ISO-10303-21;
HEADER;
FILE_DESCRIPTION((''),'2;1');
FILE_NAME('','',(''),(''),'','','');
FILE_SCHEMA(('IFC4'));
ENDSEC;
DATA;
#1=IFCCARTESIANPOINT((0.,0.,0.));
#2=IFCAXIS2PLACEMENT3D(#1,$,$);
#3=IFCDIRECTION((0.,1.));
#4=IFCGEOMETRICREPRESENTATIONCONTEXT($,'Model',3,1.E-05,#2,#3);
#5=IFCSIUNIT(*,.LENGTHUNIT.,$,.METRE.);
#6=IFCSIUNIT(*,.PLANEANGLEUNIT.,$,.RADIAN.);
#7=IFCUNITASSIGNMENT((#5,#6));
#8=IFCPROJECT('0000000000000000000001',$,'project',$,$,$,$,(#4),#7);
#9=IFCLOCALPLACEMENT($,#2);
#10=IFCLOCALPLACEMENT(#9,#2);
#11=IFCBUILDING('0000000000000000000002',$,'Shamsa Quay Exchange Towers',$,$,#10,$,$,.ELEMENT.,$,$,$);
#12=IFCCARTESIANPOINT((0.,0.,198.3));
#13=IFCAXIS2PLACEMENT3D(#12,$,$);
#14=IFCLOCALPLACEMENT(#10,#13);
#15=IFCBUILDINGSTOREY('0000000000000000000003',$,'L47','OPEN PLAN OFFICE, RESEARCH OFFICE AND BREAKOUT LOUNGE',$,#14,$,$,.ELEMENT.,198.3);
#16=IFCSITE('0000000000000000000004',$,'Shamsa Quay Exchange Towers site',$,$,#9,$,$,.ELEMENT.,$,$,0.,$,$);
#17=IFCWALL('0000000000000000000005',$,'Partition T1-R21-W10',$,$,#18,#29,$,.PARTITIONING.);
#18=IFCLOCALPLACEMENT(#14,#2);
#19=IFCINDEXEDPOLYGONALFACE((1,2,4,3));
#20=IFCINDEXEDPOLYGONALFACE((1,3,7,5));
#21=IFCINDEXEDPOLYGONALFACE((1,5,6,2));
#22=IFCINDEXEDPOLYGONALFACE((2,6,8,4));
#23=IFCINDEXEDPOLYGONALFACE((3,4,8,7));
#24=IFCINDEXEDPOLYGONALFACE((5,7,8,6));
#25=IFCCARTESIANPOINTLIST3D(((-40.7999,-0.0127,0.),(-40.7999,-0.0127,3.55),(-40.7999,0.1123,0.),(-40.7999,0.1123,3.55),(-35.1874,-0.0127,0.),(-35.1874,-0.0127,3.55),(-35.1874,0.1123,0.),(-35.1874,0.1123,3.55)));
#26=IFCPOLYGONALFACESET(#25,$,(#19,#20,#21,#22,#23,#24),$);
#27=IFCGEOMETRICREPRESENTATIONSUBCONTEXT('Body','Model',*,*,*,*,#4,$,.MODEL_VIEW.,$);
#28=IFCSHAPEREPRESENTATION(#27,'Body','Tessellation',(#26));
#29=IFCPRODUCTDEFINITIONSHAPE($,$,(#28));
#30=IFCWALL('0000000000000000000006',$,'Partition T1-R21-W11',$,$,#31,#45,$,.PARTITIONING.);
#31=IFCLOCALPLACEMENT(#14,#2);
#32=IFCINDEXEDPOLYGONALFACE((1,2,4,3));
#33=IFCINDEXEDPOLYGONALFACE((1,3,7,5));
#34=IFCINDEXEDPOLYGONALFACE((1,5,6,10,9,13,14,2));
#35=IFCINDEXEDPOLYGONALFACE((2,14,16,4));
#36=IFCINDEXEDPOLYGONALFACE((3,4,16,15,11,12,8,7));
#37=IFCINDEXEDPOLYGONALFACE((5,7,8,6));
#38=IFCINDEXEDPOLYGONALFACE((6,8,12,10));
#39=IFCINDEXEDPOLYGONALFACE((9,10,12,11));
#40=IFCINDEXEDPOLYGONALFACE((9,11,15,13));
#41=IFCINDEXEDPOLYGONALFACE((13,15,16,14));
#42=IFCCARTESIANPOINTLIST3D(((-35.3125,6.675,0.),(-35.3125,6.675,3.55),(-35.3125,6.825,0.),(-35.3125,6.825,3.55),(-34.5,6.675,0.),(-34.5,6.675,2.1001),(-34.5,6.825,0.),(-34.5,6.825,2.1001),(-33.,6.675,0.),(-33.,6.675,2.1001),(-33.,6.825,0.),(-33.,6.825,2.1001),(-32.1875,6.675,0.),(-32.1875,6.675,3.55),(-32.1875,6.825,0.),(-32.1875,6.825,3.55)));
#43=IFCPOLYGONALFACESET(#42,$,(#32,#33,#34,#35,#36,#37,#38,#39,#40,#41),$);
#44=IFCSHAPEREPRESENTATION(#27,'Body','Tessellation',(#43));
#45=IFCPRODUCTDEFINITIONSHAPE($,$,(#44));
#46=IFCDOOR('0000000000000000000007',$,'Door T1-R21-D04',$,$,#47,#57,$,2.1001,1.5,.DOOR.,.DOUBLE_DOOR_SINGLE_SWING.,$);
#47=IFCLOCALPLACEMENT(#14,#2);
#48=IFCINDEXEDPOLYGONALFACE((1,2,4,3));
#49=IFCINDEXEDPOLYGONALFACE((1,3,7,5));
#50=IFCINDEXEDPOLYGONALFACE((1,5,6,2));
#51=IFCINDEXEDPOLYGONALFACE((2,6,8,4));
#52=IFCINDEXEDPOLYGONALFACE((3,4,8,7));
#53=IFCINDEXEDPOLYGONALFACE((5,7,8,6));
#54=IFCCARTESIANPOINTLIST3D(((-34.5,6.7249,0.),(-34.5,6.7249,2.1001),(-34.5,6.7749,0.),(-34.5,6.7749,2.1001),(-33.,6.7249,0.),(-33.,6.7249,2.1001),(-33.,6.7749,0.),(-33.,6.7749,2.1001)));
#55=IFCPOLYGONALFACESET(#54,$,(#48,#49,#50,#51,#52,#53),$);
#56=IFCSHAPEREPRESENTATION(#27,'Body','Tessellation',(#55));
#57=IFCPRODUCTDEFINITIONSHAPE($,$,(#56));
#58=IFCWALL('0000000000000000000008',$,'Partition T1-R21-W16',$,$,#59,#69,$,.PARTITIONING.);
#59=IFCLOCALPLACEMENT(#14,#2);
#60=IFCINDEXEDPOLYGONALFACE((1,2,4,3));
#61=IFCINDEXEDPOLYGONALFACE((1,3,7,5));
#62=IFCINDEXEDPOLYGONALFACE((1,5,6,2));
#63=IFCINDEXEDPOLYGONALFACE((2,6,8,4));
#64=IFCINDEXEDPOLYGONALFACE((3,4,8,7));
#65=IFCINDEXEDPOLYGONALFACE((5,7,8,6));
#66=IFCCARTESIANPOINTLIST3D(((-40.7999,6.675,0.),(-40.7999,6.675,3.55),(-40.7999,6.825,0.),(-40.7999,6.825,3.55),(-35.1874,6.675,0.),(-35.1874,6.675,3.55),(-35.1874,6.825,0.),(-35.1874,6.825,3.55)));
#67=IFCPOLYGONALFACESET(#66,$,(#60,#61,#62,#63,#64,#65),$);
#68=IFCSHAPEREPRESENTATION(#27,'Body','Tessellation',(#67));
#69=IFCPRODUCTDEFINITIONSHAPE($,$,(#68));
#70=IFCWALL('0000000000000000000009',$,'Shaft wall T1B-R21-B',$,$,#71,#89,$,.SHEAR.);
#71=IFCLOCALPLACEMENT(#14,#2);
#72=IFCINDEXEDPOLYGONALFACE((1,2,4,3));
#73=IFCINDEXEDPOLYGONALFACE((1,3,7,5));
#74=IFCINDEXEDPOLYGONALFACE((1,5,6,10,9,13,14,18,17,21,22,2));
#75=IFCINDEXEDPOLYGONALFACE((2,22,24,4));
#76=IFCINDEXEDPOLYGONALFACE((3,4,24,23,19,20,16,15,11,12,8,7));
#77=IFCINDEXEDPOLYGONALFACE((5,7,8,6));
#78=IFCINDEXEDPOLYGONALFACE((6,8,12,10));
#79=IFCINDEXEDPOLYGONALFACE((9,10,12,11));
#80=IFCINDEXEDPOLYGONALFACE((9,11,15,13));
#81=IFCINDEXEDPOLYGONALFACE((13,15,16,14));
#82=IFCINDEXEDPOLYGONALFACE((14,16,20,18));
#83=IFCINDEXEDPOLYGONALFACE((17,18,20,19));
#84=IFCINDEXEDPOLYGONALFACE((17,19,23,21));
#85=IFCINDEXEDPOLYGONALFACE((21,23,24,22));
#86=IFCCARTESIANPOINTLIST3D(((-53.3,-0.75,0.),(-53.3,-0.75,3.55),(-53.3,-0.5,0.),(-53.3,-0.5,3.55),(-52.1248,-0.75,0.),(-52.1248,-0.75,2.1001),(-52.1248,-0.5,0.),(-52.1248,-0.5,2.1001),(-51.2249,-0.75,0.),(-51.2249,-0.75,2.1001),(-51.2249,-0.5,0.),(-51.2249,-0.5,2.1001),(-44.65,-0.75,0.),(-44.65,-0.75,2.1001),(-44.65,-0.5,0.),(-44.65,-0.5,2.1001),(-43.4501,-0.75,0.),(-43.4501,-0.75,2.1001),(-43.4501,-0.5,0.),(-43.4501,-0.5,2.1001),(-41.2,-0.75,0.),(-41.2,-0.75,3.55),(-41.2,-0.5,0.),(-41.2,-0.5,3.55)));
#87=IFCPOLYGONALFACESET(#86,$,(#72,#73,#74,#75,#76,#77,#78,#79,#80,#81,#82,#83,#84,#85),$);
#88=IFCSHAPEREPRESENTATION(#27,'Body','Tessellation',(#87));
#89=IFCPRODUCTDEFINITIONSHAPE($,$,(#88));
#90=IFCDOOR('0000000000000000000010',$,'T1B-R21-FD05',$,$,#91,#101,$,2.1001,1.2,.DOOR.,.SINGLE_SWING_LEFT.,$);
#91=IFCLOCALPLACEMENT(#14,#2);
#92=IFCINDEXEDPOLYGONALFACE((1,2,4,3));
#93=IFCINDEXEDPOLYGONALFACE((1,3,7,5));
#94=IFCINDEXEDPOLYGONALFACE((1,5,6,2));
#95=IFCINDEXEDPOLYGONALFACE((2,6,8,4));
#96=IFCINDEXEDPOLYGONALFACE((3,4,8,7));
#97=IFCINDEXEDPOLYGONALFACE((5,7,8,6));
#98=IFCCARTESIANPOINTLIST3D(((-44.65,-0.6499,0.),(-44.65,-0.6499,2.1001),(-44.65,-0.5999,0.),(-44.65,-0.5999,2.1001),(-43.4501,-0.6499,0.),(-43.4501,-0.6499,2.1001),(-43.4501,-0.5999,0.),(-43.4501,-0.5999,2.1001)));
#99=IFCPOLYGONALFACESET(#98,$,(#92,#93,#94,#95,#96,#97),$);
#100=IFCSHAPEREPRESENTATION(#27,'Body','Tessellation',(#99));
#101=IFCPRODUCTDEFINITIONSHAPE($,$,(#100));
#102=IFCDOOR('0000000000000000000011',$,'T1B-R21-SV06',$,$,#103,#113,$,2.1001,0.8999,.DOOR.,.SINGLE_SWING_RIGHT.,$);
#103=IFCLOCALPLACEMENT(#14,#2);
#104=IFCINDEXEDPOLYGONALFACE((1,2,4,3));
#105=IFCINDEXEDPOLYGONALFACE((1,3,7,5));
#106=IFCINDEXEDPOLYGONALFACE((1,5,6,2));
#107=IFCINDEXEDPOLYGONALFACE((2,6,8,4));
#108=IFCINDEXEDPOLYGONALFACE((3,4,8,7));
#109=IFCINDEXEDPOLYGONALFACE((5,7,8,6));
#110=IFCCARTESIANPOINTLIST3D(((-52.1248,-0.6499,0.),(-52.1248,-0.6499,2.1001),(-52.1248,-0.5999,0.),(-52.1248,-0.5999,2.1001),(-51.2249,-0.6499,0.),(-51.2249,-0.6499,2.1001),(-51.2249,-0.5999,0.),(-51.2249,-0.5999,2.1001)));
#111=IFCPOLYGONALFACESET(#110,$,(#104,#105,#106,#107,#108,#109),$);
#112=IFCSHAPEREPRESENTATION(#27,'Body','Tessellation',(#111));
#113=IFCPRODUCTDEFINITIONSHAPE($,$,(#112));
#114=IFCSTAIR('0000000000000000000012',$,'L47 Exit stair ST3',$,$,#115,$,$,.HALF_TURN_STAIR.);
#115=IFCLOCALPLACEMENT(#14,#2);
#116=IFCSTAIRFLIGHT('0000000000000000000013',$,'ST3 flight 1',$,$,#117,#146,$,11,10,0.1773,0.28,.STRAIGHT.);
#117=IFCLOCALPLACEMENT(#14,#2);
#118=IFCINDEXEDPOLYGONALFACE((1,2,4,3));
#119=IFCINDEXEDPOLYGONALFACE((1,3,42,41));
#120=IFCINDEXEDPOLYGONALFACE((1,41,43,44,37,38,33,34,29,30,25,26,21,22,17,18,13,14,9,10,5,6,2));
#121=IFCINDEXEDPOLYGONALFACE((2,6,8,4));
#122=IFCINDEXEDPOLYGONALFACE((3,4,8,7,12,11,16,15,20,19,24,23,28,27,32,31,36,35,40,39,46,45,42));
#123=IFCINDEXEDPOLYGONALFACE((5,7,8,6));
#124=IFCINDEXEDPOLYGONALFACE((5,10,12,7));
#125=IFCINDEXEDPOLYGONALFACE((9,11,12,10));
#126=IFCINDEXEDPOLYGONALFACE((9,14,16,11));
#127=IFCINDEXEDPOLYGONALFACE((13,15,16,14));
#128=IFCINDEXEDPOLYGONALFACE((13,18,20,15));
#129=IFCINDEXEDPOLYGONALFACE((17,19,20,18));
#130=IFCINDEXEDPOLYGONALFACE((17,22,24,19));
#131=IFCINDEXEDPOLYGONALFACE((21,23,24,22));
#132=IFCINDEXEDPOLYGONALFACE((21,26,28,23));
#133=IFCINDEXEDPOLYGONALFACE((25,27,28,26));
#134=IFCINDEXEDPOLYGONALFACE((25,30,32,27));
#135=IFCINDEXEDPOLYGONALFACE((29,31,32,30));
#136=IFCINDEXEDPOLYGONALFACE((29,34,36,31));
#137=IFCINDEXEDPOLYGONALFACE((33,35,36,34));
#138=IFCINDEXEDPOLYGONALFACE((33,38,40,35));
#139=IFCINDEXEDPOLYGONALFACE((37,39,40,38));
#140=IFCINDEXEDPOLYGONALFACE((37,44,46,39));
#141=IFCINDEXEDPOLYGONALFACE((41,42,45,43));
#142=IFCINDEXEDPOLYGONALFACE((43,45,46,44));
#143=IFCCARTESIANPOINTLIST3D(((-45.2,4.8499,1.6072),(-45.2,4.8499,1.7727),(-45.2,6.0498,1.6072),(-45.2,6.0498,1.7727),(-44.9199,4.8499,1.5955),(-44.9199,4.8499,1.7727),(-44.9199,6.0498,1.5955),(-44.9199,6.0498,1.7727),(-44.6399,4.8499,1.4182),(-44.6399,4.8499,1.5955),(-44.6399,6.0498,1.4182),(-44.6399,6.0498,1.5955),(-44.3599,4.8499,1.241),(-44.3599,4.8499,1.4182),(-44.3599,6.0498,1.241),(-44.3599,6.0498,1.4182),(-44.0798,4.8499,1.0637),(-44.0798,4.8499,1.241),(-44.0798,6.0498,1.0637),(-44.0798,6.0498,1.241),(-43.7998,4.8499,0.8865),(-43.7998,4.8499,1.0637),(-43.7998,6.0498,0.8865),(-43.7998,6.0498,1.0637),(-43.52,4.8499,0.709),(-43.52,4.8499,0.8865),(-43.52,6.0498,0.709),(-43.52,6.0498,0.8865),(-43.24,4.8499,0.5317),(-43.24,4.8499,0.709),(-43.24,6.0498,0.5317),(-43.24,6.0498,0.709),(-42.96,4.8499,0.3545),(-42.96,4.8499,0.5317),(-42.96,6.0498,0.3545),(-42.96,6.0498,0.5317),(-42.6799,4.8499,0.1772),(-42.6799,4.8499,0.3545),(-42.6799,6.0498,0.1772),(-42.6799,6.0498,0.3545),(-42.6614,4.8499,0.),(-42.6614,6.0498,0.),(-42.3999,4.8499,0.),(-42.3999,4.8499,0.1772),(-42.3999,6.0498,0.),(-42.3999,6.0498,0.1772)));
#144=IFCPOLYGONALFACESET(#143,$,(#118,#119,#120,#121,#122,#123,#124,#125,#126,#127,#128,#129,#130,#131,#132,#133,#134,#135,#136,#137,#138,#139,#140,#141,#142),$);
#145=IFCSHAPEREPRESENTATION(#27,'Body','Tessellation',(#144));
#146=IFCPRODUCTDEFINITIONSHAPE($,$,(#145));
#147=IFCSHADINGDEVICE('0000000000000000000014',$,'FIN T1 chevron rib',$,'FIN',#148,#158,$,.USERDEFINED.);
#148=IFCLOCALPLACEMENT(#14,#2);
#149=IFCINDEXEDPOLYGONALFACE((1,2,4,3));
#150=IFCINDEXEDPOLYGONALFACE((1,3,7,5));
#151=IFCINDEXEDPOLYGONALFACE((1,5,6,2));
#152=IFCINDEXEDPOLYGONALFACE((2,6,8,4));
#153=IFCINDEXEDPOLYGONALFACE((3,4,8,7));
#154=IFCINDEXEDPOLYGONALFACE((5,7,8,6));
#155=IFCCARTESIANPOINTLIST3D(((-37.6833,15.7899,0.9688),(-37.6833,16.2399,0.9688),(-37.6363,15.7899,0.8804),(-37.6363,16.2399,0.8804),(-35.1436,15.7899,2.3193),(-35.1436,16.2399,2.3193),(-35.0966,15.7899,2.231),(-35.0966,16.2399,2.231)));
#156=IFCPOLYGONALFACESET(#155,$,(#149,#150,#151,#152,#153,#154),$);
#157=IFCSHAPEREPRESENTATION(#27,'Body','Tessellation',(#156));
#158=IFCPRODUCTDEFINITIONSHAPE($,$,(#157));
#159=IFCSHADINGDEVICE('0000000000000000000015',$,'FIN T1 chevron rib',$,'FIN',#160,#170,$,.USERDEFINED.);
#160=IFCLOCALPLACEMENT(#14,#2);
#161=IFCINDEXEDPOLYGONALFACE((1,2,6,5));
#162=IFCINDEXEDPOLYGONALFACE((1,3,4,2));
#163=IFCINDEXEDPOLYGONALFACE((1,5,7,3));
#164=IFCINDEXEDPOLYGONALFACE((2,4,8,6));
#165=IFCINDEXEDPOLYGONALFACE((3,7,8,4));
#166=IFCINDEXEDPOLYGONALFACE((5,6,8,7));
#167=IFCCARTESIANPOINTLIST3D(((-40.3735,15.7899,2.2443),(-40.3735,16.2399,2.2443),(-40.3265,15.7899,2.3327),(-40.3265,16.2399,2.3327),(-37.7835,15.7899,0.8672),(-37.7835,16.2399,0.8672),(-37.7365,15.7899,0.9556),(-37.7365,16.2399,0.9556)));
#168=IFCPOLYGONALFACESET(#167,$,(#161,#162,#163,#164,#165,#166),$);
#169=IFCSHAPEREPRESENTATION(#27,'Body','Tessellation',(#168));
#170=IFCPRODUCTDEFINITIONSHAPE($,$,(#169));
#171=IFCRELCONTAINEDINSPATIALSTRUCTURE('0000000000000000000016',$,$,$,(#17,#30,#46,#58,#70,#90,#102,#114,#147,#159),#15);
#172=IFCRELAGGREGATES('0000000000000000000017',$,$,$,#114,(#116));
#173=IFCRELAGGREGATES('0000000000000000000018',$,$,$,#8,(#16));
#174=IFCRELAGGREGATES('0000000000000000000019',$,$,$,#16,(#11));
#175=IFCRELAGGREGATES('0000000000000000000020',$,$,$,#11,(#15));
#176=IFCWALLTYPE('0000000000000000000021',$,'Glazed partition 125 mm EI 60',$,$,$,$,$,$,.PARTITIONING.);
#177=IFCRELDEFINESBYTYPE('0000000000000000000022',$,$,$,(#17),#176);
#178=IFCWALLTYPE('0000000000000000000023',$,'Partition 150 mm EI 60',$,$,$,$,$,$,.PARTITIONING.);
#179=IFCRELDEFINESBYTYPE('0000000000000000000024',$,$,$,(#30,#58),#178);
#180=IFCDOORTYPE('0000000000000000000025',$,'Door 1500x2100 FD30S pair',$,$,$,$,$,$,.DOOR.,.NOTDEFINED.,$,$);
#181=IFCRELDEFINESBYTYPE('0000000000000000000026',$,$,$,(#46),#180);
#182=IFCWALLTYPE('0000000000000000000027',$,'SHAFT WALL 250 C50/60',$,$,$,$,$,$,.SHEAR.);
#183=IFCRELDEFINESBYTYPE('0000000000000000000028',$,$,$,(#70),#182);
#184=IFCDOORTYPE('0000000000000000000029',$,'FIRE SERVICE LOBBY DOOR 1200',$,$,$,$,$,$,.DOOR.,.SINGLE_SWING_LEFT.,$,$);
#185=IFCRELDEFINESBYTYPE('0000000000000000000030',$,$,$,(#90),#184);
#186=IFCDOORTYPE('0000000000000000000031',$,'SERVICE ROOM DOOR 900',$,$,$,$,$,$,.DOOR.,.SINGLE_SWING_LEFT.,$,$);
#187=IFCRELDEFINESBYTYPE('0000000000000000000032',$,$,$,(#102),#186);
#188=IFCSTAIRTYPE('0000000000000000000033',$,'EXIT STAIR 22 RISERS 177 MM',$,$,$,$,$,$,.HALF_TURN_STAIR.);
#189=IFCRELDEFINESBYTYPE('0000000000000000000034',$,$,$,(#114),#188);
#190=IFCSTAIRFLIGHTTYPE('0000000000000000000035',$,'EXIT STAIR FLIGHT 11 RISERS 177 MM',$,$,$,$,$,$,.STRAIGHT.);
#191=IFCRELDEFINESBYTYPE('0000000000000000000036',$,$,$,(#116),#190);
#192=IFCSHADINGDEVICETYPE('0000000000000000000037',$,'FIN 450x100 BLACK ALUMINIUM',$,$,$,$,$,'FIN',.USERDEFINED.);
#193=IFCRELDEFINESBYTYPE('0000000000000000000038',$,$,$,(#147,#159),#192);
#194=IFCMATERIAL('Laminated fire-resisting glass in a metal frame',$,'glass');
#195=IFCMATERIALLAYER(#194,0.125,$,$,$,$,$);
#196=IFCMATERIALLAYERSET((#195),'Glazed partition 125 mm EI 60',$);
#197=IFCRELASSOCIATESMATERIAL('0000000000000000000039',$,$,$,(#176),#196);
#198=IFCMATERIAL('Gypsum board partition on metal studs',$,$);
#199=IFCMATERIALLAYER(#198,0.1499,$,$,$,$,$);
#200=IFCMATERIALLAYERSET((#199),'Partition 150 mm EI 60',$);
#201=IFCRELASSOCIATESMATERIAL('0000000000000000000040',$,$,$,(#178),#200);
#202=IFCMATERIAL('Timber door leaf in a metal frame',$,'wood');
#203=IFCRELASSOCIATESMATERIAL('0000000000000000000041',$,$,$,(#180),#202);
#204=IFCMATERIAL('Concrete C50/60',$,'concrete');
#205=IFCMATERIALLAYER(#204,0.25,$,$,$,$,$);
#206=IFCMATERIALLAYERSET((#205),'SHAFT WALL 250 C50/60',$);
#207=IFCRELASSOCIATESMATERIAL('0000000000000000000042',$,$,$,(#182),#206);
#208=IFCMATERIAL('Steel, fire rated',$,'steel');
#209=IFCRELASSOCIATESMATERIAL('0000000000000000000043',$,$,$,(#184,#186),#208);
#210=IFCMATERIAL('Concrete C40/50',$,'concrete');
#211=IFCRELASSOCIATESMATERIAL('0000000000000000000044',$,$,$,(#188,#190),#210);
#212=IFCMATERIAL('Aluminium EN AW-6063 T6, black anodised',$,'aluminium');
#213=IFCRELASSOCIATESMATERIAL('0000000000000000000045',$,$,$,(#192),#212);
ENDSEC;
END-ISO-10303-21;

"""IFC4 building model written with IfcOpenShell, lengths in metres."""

from ifc_helpers import new_model, si_unit, direction, frame, frame_2d, origin, origin_2d, place, context, subcontext, project, spatial, polyline, rectangle, outline, extrude, material, layer, layer_set, material_profile, profile_set, type_object, element, fill, aggregate, save


model = new_model("IFC4")

# Units and contexts
model_context = context("Model", 3, precision=1e-05, world=origin(), true_north=direction((0.0, 1.0)))
body_context = subcontext(model_context, "Body", "Model", "MODEL_VIEW")
ifc_project = project(units=[si_unit("LENGTHUNIT", "METRE"), si_unit("PLANEANGLEUNIT", "RADIAN")], contexts=[model_context])

# Site, building, storey
site_placement = place(None, origin())
site = spatial("IfcSite", under=ifc_project, at=site_placement, Name="Shamsa Quay Exchange Towers site", CompositionType="ELEMENT", RefElevation=0.0)
building_placement = place(site_placement, origin())
building = spatial("IfcBuilding", under=site, at=building_placement, Name="Shamsa Quay Exchange Towers", CompositionType="ELEMENT")
storey_placement = place(building_placement, frame((0.0, 0.0, 198.3)))
storey = spatial("IfcBuildingStorey", under=building, at=storey_placement, Name="L47", Description="OPEN PLAN OFFICE, RESEARCH OFFICE AND BREAKOUT LOUNGE", CompositionType="ELEMENT", Elevation=198.3)

# Shared definitions
ifc_material_1 = material(Name="Aluminium EN AW-6063 T6, black anodised", Category="aluminium")

# Shared definitions
ifc_material_2 = material(Name="Laminated fire-resisting glass in a metal frame", Category="glass")
ifc_layer_1 = layer(ifc_material_2, 0.125)
ifc_layer_set_1 = layer_set([ifc_layer_1], Name="Glazed partition 125 mm EI 60")
wall_type_1 = type_object("IfcWallType", Name="Glazed partition 125 mm EI 60", PredefinedType="PARTITIONING", material=ifc_layer_set_1)
ifc_material_3 = material(Name="Timber door leaf in a metal frame", Category="wood")

# Wall
wall_1_placement = place(storey_placement, frame((-35.1875, 0.0498, 0.0), z_axis=(0.0, 0.0, 1.0), x_axis=(-1.0, 0.0, 0.0)))
element("IfcWall", 1, at=wall_1_placement, inside=storey, type_object=wall_type_1, Name="Partition T1-R21-W10", PredefinedType="PARTITIONING", context=body_context, shape_type="SweptSolid", body=[
    extrude(rectangle(XDim=5.6125, YDim=0.125, at=frame_2d((2.8062, 0.0))), origin(), (0.0, 0.0, 1.0), 3.55),
])

# Wall, opening, door
ifc_material_4 = material(Name="Gypsum board partition on metal studs")
ifc_layer_2 = layer(ifc_material_4, 0.1499)
ifc_layer_set_2 = layer_set([ifc_layer_2], Name="Partition 150 mm EI 60")
wall_type_2 = type_object("IfcWallType", Name="Partition 150 mm EI 60", PredefinedType="PARTITIONING", material=ifc_layer_set_2)
wall_2_placement = place(storey_placement, frame((-35.3125, 6.75, 0.0)))
wall_2 = element("IfcWall", 2, at=wall_2_placement, inside=storey, type_object=wall_type_2, Name="Partition T1-R21-W11", PredefinedType="PARTITIONING", context=body_context, shape_type="SweptSolid", body=[
    extrude(rectangle(XDim=3.125, YDim=0.1499, at=frame_2d((1.5625, 0.0))), origin(), (0.0, 0.0, 1.0), 3.55),
])
opening_1_placement = place(wall_2_placement, frame((0.8125, 0.0, 0.0)))
opening_1 = element("IfcOpeningElement", 3, at=opening_1_placement, cuts=wall_2, PredefinedType="OPENING", context=body_context, shape_type="SweptSolid", body=[
    extrude(rectangle(XDim=1.5, YDim=2.1001, at=frame_2d((0.75, 1.05))), frame((0.0, 0.085, 0.0), z_axis=(0.0, -1.0, 0.0), x_axis=(1.0, 0.0, 0.0)), (0.0, 0.0, 1.0), 0.1699),
])
door_type_1 = type_object("IfcDoorType", Name="Door 1500x2100 FD30S pair", OperationType="NOTDEFINED", PredefinedType="DOOR", material=ifc_material_3)
door_1_placement = place(opening_1_placement, origin())
door_1 = element("IfcDoor", 4, at=door_1_placement, inside=storey, type_object=door_type_1, Name="Door T1-R21-D04", OperationType="DOUBLE_DOOR_SINGLE_SWING", OverallHeight=2.1001, OverallWidth=1.5, PredefinedType="DOOR", context=body_context, shape_type="SweptSolid", body=[
    extrude(rectangle(XDim=1.5, YDim=2.1001, at=frame_2d((0.75, 1.05))), frame((0.0, 0.0249, 0.0), z_axis=(0.0, -1.0, 0.0), x_axis=(1.0, 0.0, 0.0)), (0.0, 0.0, 1.0), 0.05),
])
fill(opening_1, door_1)

# Wall
wall_3_placement = place(storey_placement, frame((-35.1875, 6.75, 0.0), z_axis=(0.0, 0.0, 1.0), x_axis=(-1.0, 0.0, 0.0)))
element("IfcWall", 5, at=wall_3_placement, inside=storey, type_object=wall_type_2, Name="Partition T1-R21-W16", PredefinedType="PARTITIONING", context=body_context, shape_type="SweptSolid", body=[
    extrude(rectangle(XDim=5.6125, YDim=0.1499, at=frame_2d((2.8062, 0.0))), origin(), (0.0, 0.0, 1.0), 3.55),
])

# Wall, openings, doors
ifc_material_5 = material(Name="Concrete C50/60", Category="concrete")
ifc_layer_3 = layer(ifc_material_5, 0.25)
ifc_layer_set_3 = layer_set([ifc_layer_3], Name="SHAFT WALL 250 C50/60")
wall_type_3 = type_object("IfcWallType", Name="SHAFT WALL 250 C50/60", PredefinedType="SHEAR", material=ifc_layer_set_3)
wall_4_placement = place(storey_placement, frame((-41.2, -0.625, 0.0), z_axis=(0.0, 0.0, 1.0), x_axis=(-1.0, 0.0, 0.0)))
wall_4 = element("IfcWall", 6, at=wall_4_placement, inside=storey, type_object=wall_type_3, Name="Shaft wall T1B-R21-B", PredefinedType="SHEAR", context=body_context, shape_type="SweptSolid", body=[
    extrude(rectangle(XDim=12.1001, YDim=0.25, at=frame_2d((6.05, 0.0))), origin(), (0.0, 0.0, 1.0), 3.55),
])
opening_2_placement = place(wall_4_placement, frame((2.25, 0.0, 0.0)))
opening_2 = element("IfcOpeningElement", 7, at=opening_2_placement, cuts=wall_4, PredefinedType="OPENING", context=body_context, shape_type="SweptSolid", body=[
    extrude(rectangle(XDim=1.2, YDim=2.1001, at=frame_2d((0.6001, 1.05))), frame((0.0, 0.135, 0.0), z_axis=(0.0, -1.0, 0.0), x_axis=(1.0, 0.0, 0.0)), (0.0, 0.0, 1.0), 0.27),
])
opening_3_placement = place(wall_4_placement, frame((10.0249, 0.0, 0.0)))
opening_3 = element("IfcOpeningElement", 8, at=opening_3_placement, cuts=wall_4, PredefinedType="OPENING", context=body_context, shape_type="SweptSolid", body=[
    extrude(rectangle(XDim=0.8999, YDim=2.1001, at=frame_2d((0.45, 1.05))), frame((0.0, 0.135, 0.0), z_axis=(0.0, -1.0, 0.0), x_axis=(1.0, 0.0, 0.0)), (0.0, 0.0, 1.0), 0.27),
])
ifc_material_6 = material(Name="Steel, fire rated", Category="steel")
door_type_2 = type_object("IfcDoorType", Name="FIRE SERVICE LOBBY DOOR 1200", OperationType="SINGLE_SWING_LEFT", PredefinedType="DOOR", material=ifc_material_6)
door_2_placement = place(opening_2_placement, origin())
door_2 = element("IfcDoor", 9, at=door_2_placement, inside=storey, type_object=door_type_2, Name="T1B-R21-FD05", OperationType="SINGLE_SWING_LEFT", OverallHeight=2.1001, OverallWidth=1.2, PredefinedType="DOOR", context=body_context, shape_type="SweptSolid", body=[
    extrude(rectangle(XDim=1.2, YDim=2.1001, at=frame_2d((0.6001, 1.05))), frame((0.0, 0.0249, 0.0), z_axis=(0.0, -1.0, 0.0), x_axis=(1.0, 0.0, 0.0)), (0.0, 0.0, 1.0), 0.05),
])
fill(opening_2, door_2)
door_type_3 = type_object("IfcDoorType", Name="SERVICE ROOM DOOR 900", OperationType="SINGLE_SWING_LEFT", PredefinedType="DOOR", material=ifc_material_6)
door_3_placement = place(opening_3_placement, origin())
door_3 = element("IfcDoor", 10, at=door_3_placement, inside=storey, type_object=door_type_3, Name="T1B-R21-SV06", OperationType="SINGLE_SWING_RIGHT", OverallHeight=2.1001, OverallWidth=0.8999, PredefinedType="DOOR", context=body_context, shape_type="SweptSolid", body=[
    extrude(rectangle(XDim=0.8999, YDim=2.1001, at=frame_2d((0.45, 1.05))), frame((0.0, 0.0249, 0.0), z_axis=(0.0, -1.0, 0.0), x_axis=(1.0, 0.0, 0.0)), (0.0, 0.0, 1.0), 0.05),
])
fill(opening_3, door_3)

# Stair, stair flight
ifc_material_7 = material(Name="Concrete C40/50", Category="concrete")
stair_type = type_object("IfcStairType", Name="EXIT STAIR 22 RISERS 177 MM", PredefinedType="HALF_TURN_STAIR", material=ifc_material_7)
stair_placement = place(storey_placement, origin())
stair = element("IfcStair", 11, at=stair_placement, inside=storey, type_object=stair_type, Name="L47 Exit stair ST3", PredefinedType="HALF_TURN_STAIR")
stair_flight_type = type_object("IfcStairFlightType", Name="EXIT STAIR FLIGHT 11 RISERS 177 MM", PredefinedType="STRAIGHT", material=ifc_material_7)
stair_flight_placement = place(storey_placement, frame((-42.3999, 5.45, 0.0), z_axis=(0.0, 0.0, 1.0), x_axis=(-1.0, 0.0, 0.0)))
stair_flight = element("IfcStairFlight", 12, at=stair_flight_placement, type_object=stair_flight_type, Name="ST3 flight 1", NumberOfRisers=11, NumberOfTreads=10, PredefinedType="STRAIGHT", RiserHeight=0.1773, TreadLength=0.28, context=body_context, shape_type="SweptSolid", body=[
    extrude(outline(polyline([(0.0, 0.0), (0.0, 0.1772), (0.28, 0.1772), (0.28, 0.3545), (0.5601, 0.3545), (0.5601, 0.5317), (0.8401, 0.5317), (0.8401, 0.709), (1.1201, 0.709), (1.1201, 0.8865), (1.3999, 0.8865), (1.3999, 1.0637), (1.6799, 1.0637), (1.6799, 1.241), (1.96, 1.241), (1.96, 1.4182), (2.24, 1.4182), (2.24, 1.5955), (2.52, 1.5955), (2.52, 1.7727), (2.8, 1.7727), (2.8, 1.95), (2.8, 1.6072), (0.2615, 0.0), (0.0, 0.0)])), frame((0.0, 0.6001, 0.0), z_axis=(0.0, -1.0, 0.0), x_axis=(1.0, 0.0, 0.0)), (0.0, 0.0, 1.0), 1.2),
])
aggregate(stair, [stair_flight])

# Shading devices
ifc_material_profile_1 = material_profile(ifc_material_1, rectangle(XDim=0.45, YDim=0.1001, at=origin_2d()), Name="FIN450x100")
ifc_profile_set_1 = profile_set([ifc_material_profile_1], Name="Aluminium EN AW-6063 T6, black anodised")
shading_device_type = type_object("IfcShadingDeviceType", Name="FIN 450x100 BLACK ALUMINIUM", ElementType="FIN", PredefinedType="USERDEFINED", material=ifc_profile_set_1)
shading_device_1_placement = place(storey_placement, frame((-35.1201, 16.0149, 2.2751), z_axis=(-0.882926, 0.0, -0.469513), x_axis=(0.0, -1.0, 0.0)))
element("IfcShadingDevice", 13, at=shading_device_1_placement, inside=storey, type_object=shading_device_type, Name="FIN T1 chevron rib", ObjectType="FIN", PredefinedType="USERDEFINED", context=body_context, shape_type="SweptSolid", body=[
    extrude(rectangle(XDim=0.45, YDim=0.1001, at=origin_2d()), origin(), (0.0, 0.0, 1.0), 2.8765),
])
shading_device_2_placement = place(storey_placement, frame((-37.76, 16.0149, 0.9114), z_axis=(-0.882944, 0.0, 0.469478), x_axis=(0.0, -1.0, 0.0)))
element("IfcShadingDevice", 14, at=shading_device_2_placement, inside=storey, type_object=shading_device_type, Name="FIN T1 chevron rib", ObjectType="FIN", PredefinedType="USERDEFINED", context=body_context, shape_type="SweptSolid", body=[
    extrude(rectangle(XDim=0.45, YDim=0.1001, at=origin_2d()), origin(), (0.0, 0.0, 1.0), 2.9333),
])

save(model, "model.ifc")
